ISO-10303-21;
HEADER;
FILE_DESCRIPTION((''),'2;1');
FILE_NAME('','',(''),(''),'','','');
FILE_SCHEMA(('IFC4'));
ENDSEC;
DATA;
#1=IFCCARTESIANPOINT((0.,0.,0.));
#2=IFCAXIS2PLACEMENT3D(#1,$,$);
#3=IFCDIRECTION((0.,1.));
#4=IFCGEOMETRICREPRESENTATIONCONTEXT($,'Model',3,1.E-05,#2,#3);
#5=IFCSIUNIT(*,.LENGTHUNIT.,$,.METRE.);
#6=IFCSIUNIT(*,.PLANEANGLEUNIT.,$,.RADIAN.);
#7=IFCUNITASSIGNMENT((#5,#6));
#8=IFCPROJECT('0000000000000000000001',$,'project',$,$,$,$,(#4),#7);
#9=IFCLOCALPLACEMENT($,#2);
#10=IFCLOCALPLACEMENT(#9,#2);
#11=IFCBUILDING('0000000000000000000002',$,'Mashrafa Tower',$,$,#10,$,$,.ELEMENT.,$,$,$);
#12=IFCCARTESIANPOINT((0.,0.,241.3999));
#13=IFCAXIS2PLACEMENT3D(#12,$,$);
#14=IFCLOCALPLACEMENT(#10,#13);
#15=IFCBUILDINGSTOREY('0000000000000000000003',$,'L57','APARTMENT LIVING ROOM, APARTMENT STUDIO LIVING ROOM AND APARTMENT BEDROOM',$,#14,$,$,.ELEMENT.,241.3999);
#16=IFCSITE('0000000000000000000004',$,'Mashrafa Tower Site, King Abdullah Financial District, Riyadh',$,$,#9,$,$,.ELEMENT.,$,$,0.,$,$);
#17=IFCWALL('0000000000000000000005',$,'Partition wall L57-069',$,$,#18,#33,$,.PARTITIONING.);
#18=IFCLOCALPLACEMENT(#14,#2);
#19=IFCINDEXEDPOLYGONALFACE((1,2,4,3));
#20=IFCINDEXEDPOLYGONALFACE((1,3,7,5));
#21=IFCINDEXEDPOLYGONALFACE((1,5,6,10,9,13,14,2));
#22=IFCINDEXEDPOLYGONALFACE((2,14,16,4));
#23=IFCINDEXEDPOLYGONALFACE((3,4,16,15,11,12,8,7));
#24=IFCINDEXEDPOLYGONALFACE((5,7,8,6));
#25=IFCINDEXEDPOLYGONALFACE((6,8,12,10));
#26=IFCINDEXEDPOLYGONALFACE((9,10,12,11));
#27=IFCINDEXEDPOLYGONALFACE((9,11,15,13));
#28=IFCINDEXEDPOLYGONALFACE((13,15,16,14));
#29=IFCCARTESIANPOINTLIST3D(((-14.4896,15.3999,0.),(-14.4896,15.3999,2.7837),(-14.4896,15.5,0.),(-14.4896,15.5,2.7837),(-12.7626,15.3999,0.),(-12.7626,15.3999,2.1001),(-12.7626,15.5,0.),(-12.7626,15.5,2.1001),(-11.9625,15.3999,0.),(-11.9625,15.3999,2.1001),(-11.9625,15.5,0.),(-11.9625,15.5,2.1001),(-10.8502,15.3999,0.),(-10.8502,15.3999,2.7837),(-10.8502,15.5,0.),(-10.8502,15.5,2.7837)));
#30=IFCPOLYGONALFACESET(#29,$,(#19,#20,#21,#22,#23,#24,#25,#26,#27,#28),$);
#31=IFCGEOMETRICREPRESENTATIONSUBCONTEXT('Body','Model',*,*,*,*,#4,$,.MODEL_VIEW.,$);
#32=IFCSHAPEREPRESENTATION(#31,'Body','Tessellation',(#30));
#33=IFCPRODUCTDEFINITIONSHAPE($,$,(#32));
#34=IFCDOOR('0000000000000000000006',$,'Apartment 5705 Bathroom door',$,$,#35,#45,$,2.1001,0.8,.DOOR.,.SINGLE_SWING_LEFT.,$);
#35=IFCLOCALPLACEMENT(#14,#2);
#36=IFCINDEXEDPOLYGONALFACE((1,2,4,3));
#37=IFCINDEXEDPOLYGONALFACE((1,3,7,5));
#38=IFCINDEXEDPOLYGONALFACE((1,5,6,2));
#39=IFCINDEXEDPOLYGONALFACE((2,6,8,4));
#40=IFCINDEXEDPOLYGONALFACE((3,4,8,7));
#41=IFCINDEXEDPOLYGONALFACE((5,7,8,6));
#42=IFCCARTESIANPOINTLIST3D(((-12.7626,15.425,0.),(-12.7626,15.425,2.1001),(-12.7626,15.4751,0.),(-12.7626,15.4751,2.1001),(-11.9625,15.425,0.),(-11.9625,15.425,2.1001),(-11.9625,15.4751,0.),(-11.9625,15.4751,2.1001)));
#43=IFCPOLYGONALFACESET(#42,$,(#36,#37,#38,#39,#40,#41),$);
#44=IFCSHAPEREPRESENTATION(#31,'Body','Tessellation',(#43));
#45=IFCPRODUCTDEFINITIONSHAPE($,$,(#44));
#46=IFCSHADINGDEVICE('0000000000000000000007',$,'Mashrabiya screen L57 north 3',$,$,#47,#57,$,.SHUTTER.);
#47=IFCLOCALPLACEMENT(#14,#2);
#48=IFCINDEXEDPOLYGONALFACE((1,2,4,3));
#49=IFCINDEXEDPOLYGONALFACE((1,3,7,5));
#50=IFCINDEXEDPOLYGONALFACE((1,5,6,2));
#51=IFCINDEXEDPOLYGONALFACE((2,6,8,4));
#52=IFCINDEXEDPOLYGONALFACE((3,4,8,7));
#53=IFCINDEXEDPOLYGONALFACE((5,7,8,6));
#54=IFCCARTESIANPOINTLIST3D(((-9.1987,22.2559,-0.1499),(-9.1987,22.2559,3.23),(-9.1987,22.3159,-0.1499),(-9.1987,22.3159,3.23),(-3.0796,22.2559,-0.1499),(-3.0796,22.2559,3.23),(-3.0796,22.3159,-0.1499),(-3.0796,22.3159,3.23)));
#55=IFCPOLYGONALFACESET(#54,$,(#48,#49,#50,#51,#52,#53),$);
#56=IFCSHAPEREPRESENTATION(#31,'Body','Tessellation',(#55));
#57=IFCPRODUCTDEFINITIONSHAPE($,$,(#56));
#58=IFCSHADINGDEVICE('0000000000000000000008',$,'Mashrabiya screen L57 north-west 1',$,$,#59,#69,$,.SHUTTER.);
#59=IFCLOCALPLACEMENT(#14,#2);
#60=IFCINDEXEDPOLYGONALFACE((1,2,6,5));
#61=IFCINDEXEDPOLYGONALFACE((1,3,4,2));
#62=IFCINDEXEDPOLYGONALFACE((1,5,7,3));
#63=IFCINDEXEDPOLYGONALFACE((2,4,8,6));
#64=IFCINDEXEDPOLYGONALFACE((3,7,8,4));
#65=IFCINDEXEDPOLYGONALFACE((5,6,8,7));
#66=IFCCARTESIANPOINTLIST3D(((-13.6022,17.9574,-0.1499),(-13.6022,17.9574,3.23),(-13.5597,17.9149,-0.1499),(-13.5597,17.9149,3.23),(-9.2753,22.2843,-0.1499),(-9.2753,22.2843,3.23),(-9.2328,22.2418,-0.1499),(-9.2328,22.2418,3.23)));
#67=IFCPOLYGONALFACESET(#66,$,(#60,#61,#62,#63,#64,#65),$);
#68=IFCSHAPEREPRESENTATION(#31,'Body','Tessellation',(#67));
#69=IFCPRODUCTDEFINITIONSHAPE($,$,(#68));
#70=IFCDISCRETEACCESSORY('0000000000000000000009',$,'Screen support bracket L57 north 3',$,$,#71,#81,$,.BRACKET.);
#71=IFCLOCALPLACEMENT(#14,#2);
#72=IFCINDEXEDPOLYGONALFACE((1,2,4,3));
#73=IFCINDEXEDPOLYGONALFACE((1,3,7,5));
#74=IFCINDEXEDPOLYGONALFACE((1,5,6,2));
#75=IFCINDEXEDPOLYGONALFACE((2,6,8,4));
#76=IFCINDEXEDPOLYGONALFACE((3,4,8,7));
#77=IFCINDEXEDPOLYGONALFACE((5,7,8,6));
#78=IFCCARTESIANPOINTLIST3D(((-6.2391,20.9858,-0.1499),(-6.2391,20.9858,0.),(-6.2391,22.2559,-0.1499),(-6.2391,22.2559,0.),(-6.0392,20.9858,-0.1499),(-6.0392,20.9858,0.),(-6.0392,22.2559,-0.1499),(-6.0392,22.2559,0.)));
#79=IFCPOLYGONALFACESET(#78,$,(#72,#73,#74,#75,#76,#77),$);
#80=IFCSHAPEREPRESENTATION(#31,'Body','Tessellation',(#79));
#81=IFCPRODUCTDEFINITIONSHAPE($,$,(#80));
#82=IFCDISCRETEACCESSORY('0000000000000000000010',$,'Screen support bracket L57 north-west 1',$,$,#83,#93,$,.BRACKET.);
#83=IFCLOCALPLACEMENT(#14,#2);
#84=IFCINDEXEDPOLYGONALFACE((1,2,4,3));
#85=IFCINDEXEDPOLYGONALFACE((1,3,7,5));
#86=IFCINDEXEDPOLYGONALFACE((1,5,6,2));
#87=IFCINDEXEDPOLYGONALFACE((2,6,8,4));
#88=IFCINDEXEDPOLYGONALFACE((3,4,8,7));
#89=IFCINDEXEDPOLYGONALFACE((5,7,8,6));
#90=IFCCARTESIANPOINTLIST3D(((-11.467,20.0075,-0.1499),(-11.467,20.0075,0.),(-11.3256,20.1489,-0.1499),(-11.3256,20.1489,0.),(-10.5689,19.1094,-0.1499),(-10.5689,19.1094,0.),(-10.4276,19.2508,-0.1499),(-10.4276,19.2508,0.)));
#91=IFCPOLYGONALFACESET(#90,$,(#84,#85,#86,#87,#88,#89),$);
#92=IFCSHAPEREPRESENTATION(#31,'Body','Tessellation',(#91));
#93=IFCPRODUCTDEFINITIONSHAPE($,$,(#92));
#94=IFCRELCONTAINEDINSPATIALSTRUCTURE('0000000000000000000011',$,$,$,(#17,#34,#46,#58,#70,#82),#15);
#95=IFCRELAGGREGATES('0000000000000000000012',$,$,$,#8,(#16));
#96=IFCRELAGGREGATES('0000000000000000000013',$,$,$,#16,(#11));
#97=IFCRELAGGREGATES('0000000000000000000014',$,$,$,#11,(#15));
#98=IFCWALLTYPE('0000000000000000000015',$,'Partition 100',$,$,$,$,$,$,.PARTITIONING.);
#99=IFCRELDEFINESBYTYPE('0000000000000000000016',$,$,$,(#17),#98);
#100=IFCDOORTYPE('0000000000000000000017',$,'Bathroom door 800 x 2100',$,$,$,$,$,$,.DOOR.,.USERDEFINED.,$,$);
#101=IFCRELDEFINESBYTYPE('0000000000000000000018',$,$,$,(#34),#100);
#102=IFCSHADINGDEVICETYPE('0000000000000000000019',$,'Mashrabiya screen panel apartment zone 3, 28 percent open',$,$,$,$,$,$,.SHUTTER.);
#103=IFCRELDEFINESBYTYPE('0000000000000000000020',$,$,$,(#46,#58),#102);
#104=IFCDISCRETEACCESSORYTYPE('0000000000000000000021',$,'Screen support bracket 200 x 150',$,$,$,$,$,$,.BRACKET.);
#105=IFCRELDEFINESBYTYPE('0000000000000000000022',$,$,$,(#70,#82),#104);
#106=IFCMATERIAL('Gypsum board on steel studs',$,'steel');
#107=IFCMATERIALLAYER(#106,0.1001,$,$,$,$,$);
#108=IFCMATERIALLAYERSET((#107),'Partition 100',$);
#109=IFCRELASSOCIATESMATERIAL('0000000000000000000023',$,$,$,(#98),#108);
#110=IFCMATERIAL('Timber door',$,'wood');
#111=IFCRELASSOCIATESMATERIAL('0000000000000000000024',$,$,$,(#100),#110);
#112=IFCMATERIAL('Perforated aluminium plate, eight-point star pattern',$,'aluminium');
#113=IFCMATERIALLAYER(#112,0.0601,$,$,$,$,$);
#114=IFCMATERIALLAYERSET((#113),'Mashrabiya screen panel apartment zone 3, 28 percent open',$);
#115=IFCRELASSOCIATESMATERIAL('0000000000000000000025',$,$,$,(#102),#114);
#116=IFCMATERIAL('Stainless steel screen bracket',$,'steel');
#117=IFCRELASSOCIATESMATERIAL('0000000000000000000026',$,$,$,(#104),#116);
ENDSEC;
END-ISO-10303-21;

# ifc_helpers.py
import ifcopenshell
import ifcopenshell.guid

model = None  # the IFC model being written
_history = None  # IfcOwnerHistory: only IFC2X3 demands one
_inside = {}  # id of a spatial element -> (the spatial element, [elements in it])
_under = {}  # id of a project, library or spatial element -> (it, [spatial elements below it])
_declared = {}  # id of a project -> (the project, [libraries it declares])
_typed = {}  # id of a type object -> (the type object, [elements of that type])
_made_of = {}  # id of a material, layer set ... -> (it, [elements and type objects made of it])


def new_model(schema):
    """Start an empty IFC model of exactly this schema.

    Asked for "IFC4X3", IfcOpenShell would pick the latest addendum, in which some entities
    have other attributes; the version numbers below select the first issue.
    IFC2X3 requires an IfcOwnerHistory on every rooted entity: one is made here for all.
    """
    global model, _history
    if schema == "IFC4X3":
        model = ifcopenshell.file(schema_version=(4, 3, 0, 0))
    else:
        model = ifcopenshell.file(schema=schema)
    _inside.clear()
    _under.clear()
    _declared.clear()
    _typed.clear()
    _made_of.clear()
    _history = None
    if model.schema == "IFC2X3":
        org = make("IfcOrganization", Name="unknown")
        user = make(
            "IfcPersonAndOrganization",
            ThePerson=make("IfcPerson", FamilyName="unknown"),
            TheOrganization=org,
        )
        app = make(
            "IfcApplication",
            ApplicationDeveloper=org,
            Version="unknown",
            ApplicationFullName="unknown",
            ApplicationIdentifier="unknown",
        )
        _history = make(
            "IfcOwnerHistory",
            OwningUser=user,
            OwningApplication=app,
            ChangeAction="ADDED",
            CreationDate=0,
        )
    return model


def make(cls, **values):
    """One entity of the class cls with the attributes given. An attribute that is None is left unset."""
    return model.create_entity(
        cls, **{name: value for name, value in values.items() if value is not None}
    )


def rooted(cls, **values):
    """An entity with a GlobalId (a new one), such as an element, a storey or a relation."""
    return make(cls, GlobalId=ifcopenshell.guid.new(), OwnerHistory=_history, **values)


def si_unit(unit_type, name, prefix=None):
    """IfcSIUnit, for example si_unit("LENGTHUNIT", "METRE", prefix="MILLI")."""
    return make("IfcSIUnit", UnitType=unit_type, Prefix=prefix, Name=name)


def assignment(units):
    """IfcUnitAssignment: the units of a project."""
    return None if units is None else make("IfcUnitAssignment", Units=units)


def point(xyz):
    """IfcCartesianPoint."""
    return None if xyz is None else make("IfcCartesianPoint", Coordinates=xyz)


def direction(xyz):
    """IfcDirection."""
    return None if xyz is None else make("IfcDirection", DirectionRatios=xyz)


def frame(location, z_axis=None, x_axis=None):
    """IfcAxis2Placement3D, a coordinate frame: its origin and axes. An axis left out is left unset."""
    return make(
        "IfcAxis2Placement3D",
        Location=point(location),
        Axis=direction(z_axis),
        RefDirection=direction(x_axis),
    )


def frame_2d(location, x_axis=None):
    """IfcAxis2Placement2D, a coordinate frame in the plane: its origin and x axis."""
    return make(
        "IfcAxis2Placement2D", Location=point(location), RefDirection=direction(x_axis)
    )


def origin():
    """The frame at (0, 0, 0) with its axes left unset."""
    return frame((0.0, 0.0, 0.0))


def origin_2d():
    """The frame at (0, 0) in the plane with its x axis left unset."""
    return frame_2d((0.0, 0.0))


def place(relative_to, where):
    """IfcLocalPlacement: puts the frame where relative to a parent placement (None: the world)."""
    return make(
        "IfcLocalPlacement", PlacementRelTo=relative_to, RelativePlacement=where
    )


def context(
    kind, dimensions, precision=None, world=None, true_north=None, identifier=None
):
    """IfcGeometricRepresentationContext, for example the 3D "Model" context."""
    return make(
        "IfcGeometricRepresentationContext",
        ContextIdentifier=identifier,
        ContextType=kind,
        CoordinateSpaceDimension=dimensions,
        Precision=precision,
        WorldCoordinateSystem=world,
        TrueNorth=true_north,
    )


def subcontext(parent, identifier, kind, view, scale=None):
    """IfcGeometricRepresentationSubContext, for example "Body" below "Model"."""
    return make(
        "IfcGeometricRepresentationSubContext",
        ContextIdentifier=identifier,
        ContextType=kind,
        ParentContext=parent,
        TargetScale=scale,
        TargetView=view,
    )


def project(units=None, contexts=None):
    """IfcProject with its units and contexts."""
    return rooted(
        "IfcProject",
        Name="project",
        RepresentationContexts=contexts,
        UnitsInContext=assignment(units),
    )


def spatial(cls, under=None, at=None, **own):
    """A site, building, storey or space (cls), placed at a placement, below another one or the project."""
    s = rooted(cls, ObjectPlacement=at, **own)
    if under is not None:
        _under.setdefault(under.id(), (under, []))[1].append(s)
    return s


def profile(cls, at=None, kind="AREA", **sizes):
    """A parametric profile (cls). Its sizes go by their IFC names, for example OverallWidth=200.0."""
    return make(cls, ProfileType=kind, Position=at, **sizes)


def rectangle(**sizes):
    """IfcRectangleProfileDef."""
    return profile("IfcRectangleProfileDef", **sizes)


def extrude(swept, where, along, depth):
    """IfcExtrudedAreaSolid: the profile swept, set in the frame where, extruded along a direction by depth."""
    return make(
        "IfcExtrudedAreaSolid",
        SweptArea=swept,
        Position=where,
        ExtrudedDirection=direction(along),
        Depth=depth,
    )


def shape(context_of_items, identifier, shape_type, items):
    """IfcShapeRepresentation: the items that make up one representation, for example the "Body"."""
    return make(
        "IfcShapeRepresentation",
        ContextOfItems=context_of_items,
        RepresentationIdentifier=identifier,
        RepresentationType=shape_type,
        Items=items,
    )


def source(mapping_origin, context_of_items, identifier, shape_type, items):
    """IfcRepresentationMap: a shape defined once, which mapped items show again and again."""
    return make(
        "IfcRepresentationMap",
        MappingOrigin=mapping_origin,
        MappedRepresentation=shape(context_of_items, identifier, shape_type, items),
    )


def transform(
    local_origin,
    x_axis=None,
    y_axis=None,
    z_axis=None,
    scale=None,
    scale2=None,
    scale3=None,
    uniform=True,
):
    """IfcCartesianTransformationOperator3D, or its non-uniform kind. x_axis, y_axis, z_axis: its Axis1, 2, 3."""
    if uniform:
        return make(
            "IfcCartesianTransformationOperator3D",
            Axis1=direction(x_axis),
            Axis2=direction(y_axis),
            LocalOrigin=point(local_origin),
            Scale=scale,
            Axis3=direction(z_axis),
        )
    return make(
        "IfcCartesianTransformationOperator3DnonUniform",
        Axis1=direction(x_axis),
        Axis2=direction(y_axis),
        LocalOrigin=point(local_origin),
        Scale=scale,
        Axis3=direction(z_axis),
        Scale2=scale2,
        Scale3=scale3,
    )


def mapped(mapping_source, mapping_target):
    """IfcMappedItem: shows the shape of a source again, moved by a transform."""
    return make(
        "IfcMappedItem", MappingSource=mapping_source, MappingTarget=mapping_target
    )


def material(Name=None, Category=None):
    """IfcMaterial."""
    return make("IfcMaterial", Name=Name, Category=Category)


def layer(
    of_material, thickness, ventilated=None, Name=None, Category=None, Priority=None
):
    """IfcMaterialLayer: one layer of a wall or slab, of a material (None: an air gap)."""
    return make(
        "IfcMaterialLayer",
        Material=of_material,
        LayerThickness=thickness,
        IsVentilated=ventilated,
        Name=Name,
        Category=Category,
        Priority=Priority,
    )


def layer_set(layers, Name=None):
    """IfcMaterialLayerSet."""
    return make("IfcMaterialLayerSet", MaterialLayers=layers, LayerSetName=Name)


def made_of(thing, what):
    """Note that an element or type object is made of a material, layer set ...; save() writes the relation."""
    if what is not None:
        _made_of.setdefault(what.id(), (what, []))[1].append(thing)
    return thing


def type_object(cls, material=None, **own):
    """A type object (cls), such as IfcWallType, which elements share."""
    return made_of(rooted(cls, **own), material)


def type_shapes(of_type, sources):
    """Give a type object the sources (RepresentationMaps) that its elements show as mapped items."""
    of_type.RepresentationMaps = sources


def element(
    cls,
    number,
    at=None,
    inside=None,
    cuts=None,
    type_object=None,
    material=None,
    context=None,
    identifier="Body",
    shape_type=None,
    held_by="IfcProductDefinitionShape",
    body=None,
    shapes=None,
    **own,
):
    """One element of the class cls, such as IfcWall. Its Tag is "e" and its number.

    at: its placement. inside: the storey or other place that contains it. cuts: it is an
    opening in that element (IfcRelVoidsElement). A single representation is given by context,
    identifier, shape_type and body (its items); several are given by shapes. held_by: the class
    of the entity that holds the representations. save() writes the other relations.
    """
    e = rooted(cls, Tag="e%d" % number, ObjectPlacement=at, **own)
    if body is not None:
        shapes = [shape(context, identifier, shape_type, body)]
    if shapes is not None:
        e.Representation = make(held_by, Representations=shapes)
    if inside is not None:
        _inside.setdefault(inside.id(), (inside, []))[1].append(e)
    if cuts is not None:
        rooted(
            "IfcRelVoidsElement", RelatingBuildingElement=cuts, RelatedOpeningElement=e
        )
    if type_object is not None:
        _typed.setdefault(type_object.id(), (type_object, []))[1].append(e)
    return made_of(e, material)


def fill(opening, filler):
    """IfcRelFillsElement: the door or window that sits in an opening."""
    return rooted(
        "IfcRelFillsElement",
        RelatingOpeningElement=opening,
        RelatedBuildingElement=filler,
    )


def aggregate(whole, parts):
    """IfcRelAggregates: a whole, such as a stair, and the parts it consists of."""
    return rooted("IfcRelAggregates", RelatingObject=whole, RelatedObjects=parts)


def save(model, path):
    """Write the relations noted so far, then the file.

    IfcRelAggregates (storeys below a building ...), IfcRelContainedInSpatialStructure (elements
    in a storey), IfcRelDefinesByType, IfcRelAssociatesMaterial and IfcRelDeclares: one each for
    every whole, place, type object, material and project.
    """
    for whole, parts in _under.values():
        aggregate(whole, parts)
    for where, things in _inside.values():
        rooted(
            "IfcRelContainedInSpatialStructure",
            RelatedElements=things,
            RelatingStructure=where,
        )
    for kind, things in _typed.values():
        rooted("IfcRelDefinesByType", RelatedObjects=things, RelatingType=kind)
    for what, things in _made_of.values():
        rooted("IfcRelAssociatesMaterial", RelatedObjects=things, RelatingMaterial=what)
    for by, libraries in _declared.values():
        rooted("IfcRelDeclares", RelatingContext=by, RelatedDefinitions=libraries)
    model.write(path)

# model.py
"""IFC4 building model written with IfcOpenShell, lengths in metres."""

from ifc_helpers import new_model, si_unit, direction, frame, frame_2d, origin, origin_2d, place, context, subcontext, project, spatial, rectangle, extrude, source, transform, mapped, material, layer, layer_set, type_object, type_shapes, element, fill, save


model = new_model("IFC4")

# Units and contexts
model_context = context("Model", 3, precision=1e-05, world=origin(), true_north=direction((0.0, 1.0)))
body_context = subcontext(model_context, "Body", "Model", "MODEL_VIEW")
ifc_project = project(units=[si_unit("LENGTHUNIT", "METRE"), si_unit("PLANEANGLEUNIT", "RADIAN")], contexts=[model_context])

# Site, building, storey
site_placement = place(None, origin())
site = spatial("IfcSite", under=ifc_project, at=site_placement, Name="Mashrafa Tower Site, King Abdullah Financial District, Riyadh", CompositionType="ELEMENT", RefElevation=0.0)
building_placement = place(site_placement, origin())
building = spatial("IfcBuilding", under=site, at=building_placement, Name="Mashrafa Tower", CompositionType="ELEMENT")
storey_placement = place(building_placement, frame((0.0, 0.0, 241.3999)))
storey = spatial("IfcBuildingStorey", under=building, at=storey_placement, Name="L57", Description="APARTMENT LIVING ROOM, APARTMENT STUDIO LIVING ROOM AND APARTMENT BEDROOM", CompositionType="ELEMENT", Elevation=241.3999)

# Wall, opening, door
ifc_material_1 = material(Name="Gypsum board on steel studs", Category="steel")
ifc_layer_1 = layer(ifc_material_1, 0.1001)
ifc_layer_set_1 = layer_set([ifc_layer_1], Name="Partition 100")
wall_type_1 = type_object("IfcWallType", Name="Partition 100", PredefinedType="PARTITIONING", material=ifc_layer_set_1)
wall_1_placement = place(storey_placement, frame((-10.8501, 15.45, 0.0), z_axis=(0.0, 0.0, 1.0), x_axis=(-1.0, 0.0, 0.0)))
wall_1 = element("IfcWall", 1, at=wall_1_placement, inside=storey, type_object=wall_type_1, Name="Partition wall L57-069", PredefinedType="PARTITIONING", context=body_context, shape_type="SweptSolid", body=[
    extrude(rectangle(XDim=3.6394, YDim=0.1001, at=frame_2d((1.8198, 0.0))), origin(), (0.0, 0.0, 1.0), 2.7837),
])
opening_1_placement = place(wall_1_placement, frame((1.1125, 0.0, 0.0)))
opening_1 = element("IfcOpeningElement", 2, at=opening_1_placement, cuts=wall_1, PredefinedType="OPENING", context=body_context, shape_type="SweptSolid", body=[
    extrude(rectangle(XDim=0.8, YDim=2.1001, at=frame_2d((0.3999, 1.05))), frame((0.0, 0.0601, 0.0), z_axis=(0.0, -1.0, 0.0), x_axis=(1.0, 0.0, 0.0)), (0.0, 0.0, 1.0), 0.1201),
])
ifc_material_2 = material(Name="Timber door", Category="wood")
door_type_1 = type_object("IfcDoorType", Name="Bathroom door 800 x 2100", OperationType="USERDEFINED", PredefinedType="DOOR", material=ifc_material_2)
door_1_placement = place(opening_1_placement, origin())
door_1 = element("IfcDoor", 3, at=door_1_placement, inside=storey, type_object=door_type_1, Name="Apartment 5705 Bathroom door", OperationType="SINGLE_SWING_LEFT", OverallHeight=2.1001, OverallWidth=0.8, PredefinedType="DOOR", context=body_context, shape_type="SweptSolid", body=[
    extrude(rectangle(XDim=0.8, YDim=2.1001, at=frame_2d((0.3999, 1.05))), frame((0.0, 0.0249, 0.0), z_axis=(0.0, -1.0, 0.0), x_axis=(1.0, 0.0, 0.0)), (0.0, 0.0, 1.0), 0.05),
])
fill(opening_1, door_1)

# Shading devices
ifc_material_3 = material(Name="Perforated aluminium plate, eight-point star pattern", Category="aluminium")
ifc_layer_2 = layer(ifc_material_3, 0.0601)
ifc_layer_set_2 = layer_set([ifc_layer_2], Name="Mashrabiya screen panel apartment zone 3, 28 percent open")
shading_device_type = type_object("IfcShadingDeviceType", Name="Mashrabiya screen panel apartment zone 3, 28 percent open", PredefinedType="SHUTTER", material=ifc_layer_set_2)
shared_shape_1 = source(origin(), body_context, "Body", "SweptSolid", [
    extrude(rectangle(XDim=6.1191, YDim=0.0601, at=origin_2d()), origin(), (0.0, 0.0, 1.0), 3.3799),
])
type_shapes(shading_device_type, [shared_shape_1])
for number, where, z_axis, x_axis, name in (
    (4, (-6.1392, 22.2859, -0.1499), (0.0, 0.0, 1.0), (-1.0, 0.0, 0.0), "Mashrabiya screen L57 north 3"),
    (5, (-11.4175, 20.0996, -0.1499), (0.0, 0.0, 1.0), (-0.707107, -0.707107, 0.0), "Mashrabiya screen L57 north-west 1"),
):
    element("IfcShadingDevice", number, at=place(storey_placement, frame(where, z_axis=z_axis, x_axis=x_axis)), inside=storey, type_object=shading_device_type, Name=name, PredefinedType="SHUTTER", context=body_context, shape_type="MappedRepresentation", body=[
        mapped(shared_shape_1, transform((0.0, 0.0, 0.0))),
    ])

# Discrete accessories
ifc_material_4 = material(Name="Stainless steel screen bracket", Category="steel")
discrete_accessory_type = type_object("IfcDiscreteAccessoryType", Name="Screen support bracket 200 x 150", PredefinedType="BRACKET", material=ifc_material_4)
shared_shape_2 = source(origin(), body_context, "Body", "SweptSolid", [
    extrude(rectangle(XDim=0.2, YDim=1.27, at=origin_2d()), origin(), (0.0, 0.0, 1.0), 0.1499),
])
type_shapes(discrete_accessory_type, [shared_shape_2])
for number, where, z_axis, x_axis, name in (
    (6, (-6.1392, 21.6208, -0.1499), (0.0, 0.0, 1.0), (-1.0, 0.0, 0.0), "Screen support bracket L57 north 3"),
    (7, (-10.9473, 19.6292, -0.1499), (0.0, 0.0, 1.0), (-0.707107, -0.707107, 0.0), "Screen support bracket L57 north-west 1"),
):
    element("IfcDiscreteAccessory", number, at=place(storey_placement, frame(where, z_axis=z_axis, x_axis=x_axis)), inside=storey, type_object=discrete_accessory_type, Name=name, PredefinedType="BRACKET", context=body_context, shape_type="MappedRepresentation", body=[
        mapped(shared_shape_2, transform((0.0, 0.0, 0.0))),
    ])

save(model, "model.ifc")
